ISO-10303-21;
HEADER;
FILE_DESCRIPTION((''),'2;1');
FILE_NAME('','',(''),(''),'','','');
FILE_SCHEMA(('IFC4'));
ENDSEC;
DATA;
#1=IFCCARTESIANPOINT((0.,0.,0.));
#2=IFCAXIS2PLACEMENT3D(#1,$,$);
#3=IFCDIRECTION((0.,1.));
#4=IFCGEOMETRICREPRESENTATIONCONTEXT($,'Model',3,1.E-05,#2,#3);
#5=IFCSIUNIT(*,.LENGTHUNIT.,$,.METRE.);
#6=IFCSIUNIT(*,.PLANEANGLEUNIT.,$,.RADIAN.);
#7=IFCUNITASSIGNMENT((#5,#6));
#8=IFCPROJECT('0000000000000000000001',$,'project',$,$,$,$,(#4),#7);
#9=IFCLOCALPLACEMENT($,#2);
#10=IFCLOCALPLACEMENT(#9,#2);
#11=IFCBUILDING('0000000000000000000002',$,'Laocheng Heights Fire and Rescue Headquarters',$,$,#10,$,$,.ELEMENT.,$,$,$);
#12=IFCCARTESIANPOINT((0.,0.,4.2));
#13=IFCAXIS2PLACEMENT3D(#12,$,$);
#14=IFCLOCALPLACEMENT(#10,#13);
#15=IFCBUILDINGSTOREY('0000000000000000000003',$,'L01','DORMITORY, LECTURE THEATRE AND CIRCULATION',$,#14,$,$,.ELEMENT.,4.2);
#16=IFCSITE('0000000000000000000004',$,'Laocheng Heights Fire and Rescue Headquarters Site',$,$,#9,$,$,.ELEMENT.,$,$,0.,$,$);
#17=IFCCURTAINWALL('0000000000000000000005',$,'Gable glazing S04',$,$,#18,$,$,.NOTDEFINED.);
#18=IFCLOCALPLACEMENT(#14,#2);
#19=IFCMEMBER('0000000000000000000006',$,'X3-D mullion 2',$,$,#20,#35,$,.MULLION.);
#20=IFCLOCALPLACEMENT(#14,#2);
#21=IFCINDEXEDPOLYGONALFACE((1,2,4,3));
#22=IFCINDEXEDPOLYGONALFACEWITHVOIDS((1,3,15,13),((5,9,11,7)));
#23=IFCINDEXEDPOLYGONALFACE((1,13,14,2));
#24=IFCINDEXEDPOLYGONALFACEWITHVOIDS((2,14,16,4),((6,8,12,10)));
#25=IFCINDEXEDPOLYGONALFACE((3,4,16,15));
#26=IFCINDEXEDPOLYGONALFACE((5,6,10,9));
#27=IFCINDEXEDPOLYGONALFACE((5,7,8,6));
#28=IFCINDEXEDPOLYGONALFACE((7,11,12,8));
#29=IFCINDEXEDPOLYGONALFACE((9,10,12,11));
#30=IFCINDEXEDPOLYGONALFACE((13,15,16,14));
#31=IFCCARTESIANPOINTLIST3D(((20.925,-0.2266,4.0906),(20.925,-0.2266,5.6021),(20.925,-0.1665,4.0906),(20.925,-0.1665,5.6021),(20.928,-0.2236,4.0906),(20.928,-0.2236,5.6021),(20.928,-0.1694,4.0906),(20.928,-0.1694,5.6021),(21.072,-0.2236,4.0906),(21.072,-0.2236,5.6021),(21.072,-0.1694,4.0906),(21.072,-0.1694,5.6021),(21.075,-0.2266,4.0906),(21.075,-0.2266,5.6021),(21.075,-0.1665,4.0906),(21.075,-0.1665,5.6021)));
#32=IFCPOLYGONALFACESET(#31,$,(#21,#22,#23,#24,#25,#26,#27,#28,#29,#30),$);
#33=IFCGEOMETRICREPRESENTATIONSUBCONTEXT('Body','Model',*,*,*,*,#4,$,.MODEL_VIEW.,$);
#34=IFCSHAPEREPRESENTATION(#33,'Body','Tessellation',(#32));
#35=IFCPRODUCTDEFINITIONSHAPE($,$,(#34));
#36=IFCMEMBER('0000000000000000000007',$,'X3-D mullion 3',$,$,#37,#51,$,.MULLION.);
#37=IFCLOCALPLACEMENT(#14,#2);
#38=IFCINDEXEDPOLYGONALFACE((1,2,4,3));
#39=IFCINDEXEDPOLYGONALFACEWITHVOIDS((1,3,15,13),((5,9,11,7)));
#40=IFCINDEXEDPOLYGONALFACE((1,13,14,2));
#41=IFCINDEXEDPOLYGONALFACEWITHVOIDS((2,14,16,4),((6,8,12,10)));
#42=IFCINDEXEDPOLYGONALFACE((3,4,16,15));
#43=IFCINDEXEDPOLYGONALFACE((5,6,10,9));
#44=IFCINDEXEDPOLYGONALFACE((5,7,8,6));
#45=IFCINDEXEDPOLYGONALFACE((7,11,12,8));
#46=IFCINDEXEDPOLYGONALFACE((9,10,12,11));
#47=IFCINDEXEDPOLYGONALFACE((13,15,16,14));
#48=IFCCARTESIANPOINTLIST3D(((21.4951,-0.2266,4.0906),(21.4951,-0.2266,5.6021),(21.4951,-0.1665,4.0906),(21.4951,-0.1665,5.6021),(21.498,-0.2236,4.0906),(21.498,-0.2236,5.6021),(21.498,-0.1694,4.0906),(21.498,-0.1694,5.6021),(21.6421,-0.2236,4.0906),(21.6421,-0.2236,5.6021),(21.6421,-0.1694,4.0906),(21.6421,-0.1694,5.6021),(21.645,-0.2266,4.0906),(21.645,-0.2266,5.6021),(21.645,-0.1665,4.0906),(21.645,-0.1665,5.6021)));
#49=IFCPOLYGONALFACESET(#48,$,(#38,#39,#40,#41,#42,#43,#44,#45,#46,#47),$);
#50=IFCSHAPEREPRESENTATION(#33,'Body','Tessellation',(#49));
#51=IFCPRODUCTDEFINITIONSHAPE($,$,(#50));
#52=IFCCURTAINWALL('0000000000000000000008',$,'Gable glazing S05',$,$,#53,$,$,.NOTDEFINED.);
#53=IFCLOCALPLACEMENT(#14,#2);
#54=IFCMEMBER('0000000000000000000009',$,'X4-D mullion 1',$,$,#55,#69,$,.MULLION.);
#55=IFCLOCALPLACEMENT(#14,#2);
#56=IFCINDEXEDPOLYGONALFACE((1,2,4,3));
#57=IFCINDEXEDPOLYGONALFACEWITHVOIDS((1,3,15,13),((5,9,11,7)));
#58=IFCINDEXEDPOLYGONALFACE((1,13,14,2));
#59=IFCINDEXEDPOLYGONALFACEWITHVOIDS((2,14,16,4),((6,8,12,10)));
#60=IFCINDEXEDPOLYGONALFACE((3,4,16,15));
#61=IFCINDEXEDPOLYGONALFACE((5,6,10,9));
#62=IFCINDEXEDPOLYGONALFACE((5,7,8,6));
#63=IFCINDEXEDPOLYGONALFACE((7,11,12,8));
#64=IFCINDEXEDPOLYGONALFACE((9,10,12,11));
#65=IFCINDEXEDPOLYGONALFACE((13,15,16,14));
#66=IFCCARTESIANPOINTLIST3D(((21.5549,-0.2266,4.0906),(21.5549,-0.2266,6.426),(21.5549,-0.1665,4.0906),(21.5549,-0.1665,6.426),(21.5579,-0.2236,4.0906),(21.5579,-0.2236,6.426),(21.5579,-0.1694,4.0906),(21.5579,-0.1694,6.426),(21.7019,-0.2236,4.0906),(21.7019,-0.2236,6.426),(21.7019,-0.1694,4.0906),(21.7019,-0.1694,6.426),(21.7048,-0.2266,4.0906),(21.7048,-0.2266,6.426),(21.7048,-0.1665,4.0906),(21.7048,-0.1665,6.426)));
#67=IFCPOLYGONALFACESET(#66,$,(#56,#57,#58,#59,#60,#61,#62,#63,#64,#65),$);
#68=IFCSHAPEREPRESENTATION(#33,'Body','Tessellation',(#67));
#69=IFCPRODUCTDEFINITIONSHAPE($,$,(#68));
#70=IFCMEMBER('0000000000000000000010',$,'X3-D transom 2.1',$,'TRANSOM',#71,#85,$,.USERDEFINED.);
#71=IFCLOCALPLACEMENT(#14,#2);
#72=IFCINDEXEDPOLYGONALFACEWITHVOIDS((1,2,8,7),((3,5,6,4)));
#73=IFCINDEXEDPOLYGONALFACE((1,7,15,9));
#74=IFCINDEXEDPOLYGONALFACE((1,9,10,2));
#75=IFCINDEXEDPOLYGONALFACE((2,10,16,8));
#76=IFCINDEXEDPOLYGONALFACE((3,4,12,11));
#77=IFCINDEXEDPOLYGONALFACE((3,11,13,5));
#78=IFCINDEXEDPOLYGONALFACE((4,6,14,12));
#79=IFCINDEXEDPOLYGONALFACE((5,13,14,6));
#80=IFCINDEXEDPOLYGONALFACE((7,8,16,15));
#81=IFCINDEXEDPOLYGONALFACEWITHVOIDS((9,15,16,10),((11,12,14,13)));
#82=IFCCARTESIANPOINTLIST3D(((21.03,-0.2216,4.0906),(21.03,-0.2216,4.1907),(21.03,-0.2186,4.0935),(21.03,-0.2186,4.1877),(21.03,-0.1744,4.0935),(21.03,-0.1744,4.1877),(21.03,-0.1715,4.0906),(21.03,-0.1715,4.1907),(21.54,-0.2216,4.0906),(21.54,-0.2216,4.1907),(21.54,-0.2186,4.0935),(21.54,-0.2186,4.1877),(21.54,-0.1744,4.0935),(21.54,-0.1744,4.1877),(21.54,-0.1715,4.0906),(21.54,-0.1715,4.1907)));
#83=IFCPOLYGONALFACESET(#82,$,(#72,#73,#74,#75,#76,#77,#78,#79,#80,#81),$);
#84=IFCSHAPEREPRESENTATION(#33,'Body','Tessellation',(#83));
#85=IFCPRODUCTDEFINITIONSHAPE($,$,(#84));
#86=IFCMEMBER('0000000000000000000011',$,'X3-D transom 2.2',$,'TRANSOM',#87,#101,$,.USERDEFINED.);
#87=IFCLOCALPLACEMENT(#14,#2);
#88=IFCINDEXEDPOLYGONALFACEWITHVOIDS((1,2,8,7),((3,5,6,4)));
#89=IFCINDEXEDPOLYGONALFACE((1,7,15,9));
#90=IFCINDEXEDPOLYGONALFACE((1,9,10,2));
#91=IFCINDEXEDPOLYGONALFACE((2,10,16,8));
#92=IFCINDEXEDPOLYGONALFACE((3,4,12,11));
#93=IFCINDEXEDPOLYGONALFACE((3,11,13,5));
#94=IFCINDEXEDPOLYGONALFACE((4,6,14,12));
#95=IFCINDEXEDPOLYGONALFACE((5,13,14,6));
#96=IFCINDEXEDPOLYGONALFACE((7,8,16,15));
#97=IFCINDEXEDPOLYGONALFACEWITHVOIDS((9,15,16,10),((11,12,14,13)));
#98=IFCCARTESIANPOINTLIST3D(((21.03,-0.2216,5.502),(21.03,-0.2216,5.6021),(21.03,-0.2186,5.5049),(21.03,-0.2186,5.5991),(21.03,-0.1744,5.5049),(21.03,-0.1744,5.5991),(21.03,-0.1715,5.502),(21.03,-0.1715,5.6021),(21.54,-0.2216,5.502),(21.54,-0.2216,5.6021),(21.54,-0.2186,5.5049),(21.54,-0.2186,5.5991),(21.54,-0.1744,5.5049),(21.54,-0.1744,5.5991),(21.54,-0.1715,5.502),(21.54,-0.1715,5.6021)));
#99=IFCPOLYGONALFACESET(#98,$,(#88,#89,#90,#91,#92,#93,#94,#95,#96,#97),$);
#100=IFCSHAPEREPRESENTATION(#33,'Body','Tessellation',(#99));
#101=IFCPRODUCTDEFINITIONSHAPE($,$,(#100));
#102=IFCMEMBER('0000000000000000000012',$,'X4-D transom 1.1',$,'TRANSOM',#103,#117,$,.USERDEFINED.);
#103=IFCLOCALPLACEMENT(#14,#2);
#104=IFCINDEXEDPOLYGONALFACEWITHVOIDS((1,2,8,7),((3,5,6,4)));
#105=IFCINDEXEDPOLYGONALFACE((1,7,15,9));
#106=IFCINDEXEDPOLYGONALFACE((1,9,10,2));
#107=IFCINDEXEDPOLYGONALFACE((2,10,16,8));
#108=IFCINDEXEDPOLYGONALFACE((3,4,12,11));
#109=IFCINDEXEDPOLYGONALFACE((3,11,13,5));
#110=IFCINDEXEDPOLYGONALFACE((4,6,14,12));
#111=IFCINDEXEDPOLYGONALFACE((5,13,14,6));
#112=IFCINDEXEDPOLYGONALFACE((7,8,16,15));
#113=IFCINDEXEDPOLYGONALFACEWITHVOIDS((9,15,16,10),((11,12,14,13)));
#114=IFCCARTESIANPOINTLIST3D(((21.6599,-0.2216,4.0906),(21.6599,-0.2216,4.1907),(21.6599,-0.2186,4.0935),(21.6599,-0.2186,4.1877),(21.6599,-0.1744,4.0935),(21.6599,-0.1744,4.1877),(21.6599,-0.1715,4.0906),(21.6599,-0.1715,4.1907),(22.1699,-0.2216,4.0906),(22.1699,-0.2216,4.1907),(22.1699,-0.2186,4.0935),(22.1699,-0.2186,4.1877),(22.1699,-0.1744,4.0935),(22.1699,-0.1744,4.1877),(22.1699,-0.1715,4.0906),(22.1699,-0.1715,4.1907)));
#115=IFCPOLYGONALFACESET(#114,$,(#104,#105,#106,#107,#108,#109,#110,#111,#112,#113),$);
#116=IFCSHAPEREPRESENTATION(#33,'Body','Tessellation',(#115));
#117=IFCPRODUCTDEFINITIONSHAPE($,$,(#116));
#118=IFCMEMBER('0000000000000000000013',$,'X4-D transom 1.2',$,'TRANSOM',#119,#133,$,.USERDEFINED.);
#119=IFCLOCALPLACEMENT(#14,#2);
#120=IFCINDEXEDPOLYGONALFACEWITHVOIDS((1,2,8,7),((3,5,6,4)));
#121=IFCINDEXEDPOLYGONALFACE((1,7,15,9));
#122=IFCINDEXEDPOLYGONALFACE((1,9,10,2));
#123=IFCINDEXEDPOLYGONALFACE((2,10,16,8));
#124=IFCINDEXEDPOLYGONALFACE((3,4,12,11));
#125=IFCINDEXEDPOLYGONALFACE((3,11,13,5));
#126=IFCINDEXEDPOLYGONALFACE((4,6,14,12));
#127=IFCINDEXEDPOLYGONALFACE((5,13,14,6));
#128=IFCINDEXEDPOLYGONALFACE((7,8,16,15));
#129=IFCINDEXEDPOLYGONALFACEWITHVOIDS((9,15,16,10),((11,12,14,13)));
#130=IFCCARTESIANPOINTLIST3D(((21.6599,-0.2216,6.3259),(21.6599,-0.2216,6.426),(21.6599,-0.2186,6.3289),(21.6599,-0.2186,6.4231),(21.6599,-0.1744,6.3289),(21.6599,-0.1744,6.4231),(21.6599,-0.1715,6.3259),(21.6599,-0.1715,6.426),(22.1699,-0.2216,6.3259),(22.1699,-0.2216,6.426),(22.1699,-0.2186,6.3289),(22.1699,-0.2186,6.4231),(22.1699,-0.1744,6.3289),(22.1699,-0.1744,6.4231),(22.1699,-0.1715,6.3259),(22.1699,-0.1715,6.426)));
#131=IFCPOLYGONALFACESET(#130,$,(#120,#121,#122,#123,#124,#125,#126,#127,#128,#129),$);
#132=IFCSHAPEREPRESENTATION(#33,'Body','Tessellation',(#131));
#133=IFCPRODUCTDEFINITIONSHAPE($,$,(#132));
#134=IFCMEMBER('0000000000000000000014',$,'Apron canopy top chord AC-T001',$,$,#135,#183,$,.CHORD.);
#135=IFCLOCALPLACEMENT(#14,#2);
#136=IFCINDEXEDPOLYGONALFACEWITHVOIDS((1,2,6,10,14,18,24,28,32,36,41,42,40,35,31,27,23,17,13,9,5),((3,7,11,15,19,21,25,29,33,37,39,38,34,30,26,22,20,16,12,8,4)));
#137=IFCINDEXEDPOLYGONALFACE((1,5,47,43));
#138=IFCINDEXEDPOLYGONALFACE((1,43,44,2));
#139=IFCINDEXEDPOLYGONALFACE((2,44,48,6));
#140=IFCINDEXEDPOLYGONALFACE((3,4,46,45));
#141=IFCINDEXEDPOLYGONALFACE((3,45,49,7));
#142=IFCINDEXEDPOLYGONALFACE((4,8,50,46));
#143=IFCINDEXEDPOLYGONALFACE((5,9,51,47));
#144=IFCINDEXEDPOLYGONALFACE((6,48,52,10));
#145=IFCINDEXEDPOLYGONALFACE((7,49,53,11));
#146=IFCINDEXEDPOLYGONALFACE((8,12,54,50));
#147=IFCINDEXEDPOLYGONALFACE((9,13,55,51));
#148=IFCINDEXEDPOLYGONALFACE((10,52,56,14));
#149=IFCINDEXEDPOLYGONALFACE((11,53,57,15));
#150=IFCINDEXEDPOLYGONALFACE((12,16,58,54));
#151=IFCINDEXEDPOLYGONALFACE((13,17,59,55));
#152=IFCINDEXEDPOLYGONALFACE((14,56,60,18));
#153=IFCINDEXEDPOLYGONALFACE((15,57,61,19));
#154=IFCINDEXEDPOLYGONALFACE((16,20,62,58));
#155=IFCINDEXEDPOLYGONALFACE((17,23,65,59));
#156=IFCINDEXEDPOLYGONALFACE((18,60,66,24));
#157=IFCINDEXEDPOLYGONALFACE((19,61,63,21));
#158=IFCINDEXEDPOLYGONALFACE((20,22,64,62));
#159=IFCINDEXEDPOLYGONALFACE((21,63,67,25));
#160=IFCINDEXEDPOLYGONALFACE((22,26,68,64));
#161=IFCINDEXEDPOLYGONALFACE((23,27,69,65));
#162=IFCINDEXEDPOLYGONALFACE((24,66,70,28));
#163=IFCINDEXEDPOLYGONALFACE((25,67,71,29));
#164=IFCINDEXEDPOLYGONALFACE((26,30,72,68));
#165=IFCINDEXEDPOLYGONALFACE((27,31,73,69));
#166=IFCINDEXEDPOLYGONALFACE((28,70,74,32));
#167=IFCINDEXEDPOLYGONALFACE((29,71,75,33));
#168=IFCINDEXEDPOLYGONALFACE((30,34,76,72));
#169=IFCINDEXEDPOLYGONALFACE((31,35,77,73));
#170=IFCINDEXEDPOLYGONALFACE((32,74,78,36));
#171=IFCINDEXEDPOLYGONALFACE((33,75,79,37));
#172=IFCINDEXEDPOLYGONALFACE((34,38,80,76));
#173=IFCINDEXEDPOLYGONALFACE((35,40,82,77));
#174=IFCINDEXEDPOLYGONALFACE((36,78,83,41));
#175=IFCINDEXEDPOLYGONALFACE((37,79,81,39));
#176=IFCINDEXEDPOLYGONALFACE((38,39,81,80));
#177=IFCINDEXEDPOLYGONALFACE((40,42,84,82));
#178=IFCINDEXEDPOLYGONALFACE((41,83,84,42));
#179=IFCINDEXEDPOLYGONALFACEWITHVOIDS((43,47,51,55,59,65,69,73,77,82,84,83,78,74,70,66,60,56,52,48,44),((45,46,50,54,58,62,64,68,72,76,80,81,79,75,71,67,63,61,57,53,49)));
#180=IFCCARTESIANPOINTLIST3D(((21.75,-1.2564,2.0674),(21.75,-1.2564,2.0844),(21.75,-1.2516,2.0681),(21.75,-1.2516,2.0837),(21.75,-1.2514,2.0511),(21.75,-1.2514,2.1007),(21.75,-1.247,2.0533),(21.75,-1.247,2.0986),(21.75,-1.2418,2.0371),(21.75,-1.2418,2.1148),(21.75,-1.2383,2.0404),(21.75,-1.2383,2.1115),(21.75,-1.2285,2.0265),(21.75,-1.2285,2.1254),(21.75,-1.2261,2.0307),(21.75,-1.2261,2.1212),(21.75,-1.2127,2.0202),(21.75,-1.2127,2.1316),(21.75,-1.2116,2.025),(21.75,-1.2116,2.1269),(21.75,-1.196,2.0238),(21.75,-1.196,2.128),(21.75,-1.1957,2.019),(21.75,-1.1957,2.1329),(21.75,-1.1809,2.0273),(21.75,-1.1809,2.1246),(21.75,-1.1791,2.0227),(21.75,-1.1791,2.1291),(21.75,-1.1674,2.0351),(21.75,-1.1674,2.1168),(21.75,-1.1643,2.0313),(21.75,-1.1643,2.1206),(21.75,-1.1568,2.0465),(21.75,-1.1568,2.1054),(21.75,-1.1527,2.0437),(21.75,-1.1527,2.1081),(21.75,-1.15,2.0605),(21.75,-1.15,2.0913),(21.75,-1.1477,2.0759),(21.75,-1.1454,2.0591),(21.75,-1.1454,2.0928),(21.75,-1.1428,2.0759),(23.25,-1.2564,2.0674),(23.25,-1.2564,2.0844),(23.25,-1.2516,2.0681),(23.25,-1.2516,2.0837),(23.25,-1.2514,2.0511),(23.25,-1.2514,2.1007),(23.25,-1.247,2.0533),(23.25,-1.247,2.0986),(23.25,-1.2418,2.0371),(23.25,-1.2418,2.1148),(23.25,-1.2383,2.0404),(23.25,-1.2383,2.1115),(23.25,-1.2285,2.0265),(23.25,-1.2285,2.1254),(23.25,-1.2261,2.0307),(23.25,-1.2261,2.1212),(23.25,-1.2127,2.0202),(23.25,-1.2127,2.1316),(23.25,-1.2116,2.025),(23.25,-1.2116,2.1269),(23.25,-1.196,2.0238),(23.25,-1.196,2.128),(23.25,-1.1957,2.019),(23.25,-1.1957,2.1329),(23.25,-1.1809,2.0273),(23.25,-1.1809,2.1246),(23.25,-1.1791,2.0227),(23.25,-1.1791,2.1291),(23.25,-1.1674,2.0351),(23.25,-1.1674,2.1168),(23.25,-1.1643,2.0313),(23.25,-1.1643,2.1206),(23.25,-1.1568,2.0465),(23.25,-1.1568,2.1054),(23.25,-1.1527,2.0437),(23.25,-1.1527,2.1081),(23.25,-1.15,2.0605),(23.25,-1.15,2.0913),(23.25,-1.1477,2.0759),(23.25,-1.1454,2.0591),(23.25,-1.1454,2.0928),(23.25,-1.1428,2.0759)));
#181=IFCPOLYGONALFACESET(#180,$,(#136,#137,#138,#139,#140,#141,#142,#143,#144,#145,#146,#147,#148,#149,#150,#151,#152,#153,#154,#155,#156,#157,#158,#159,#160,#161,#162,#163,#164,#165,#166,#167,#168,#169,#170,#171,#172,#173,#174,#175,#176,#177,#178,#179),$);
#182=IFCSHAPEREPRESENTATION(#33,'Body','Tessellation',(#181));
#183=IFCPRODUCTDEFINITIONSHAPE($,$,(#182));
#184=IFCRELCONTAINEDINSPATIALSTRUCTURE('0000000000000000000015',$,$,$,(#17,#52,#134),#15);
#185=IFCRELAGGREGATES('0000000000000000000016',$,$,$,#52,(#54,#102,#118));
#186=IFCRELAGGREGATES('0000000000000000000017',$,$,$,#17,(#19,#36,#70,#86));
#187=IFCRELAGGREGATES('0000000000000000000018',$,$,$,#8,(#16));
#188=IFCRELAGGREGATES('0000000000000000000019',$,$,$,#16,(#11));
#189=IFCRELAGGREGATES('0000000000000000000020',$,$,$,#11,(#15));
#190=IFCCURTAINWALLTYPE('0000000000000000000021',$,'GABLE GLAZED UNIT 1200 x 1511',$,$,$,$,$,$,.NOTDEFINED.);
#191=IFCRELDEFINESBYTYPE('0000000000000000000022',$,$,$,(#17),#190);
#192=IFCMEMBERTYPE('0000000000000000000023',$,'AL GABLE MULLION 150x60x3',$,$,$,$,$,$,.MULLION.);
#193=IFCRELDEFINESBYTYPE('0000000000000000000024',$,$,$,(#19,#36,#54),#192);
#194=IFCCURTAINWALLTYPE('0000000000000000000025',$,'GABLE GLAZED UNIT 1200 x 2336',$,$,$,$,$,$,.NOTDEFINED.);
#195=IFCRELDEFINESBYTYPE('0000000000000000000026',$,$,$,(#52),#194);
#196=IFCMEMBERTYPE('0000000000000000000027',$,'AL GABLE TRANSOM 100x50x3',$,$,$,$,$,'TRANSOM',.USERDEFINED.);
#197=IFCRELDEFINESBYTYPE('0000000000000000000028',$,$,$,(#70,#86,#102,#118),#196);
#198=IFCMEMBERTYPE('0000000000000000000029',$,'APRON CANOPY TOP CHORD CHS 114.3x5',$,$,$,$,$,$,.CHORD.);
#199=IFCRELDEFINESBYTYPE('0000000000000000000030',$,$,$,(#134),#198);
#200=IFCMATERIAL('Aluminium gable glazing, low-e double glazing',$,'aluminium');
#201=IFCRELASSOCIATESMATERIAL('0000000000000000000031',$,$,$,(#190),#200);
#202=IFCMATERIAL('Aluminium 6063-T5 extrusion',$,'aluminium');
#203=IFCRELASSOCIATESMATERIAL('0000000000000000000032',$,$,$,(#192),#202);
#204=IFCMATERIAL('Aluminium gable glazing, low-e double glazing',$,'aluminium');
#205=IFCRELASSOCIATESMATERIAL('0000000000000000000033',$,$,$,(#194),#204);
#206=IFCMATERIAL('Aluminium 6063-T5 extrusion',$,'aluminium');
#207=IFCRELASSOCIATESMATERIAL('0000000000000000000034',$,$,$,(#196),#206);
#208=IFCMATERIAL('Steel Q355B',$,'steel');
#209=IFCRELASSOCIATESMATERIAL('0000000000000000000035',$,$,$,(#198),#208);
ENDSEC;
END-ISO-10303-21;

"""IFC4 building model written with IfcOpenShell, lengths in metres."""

from ifc_helpers import new_model, si_unit, direction, frame, origin, origin_2d, place, context, subcontext, project, spatial, hollow_rectangle, hollow_circle, extrude, material, material_profile, profile_set, type_object, element, aggregate, save


model = new_model("IFC4")

# Units and contexts
model_context = context("Model", 3, precision=1e-05, world=origin(), true_north=direction((0.0, 1.0)))
body_context = subcontext(model_context, "Body", "Model", "MODEL_VIEW")
ifc_project = project(units=[si_unit("LENGTHUNIT", "METRE"), si_unit("PLANEANGLEUNIT", "RADIAN")], contexts=[model_context])

# Site, building, storey
site_placement = place(None, origin())
site = spatial("IfcSite", under=ifc_project, at=site_placement, Name="Laocheng Heights Fire and Rescue Headquarters Site", CompositionType="ELEMENT", RefElevation=0.0)
building_placement = place(site_placement, origin())
building = spatial("IfcBuilding", under=site, at=building_placement, Name="Laocheng Heights Fire and Rescue Headquarters", CompositionType="ELEMENT")
storey_placement = place(building_placement, frame((0.0, 0.0, 4.2)))
storey = spatial("IfcBuildingStorey", under=building, at=storey_placement, Name="L01", Description="DORMITORY, LECTURE THEATRE AND CIRCULATION", CompositionType="ELEMENT", Elevation=4.2)

# Curtain wall, members
ifc_material_1 = material(Name="Aluminium gable glazing, low-e double glazing", Category="aluminium")
curtain_wall_type_1 = type_object("IfcCurtainWallType", Name="GABLE GLAZED UNIT 1200 x 1511", PredefinedType="NOTDEFINED", material=ifc_material_1)
curtain_wall_1_placement = place(storey_placement, origin())
curtain_wall_1 = element("IfcCurtainWall", 1, at=curtain_wall_1_placement, inside=storey, type_object=curtain_wall_type_1, Name="Gable glazing S04", PredefinedType="NOTDEFINED")
ifc_material_2 = material(Name="Aluminium 6063-T5 extrusion", Category="aluminium")
ifc_material_profile_1 = material_profile(ifc_material_2, hollow_rectangle(XDim=0.0601, YDim=0.1499, WallThickness=0.0029, at=origin_2d()), Name="AL MULLION 150x60x3")
ifc_profile_set_1 = profile_set([ifc_material_profile_1], Name="Aluminium 6063-T5 extrusion")
member_type_1 = type_object("IfcMemberType", Name="AL GABLE MULLION 150x60x3", PredefinedType="MULLION", material=ifc_profile_set_1)
member_1_placement = place(storey_placement, frame((21.0, -0.1965, 4.0906), z_axis=(0.0, 0.0, 1.0), x_axis=(0.0, 1.0, 0.0)))
member_1 = element("IfcMember", 2, at=member_1_placement, type_object=member_type_1, Name="X3-D mullion 2", PredefinedType="MULLION", context=body_context, shape_type="SweptSolid", body=[
    extrude(hollow_rectangle(XDim=0.0601, YDim=0.1499, WallThickness=0.0029, at=origin_2d()), origin(), (0.0, 0.0, 1.0), 1.5115),
])
member_2_placement = place(storey_placement, frame((21.5701, -0.1965, 4.0906), z_axis=(0.0, 0.0, 1.0), x_axis=(0.0, 1.0, 0.0)))
member_2 = element("IfcMember", 3, at=member_2_placement, type_object=member_type_1, Name="X3-D mullion 3", PredefinedType="MULLION", context=body_context, shape_type="SweptSolid", body=[
    extrude(hollow_rectangle(XDim=0.0601, YDim=0.1499, WallThickness=0.0029, at=origin_2d()), origin(), (0.0, 0.0, 1.0), 1.5115),
])

# Curtain wall, member
ifc_material_3 = material(Name="Aluminium gable glazing, low-e double glazing", Category="aluminium")
curtain_wall_type_2 = type_object("IfcCurtainWallType", Name="GABLE GLAZED UNIT 1200 x 2336", PredefinedType="NOTDEFINED", material=ifc_material_3)
curtain_wall_2_placement = place(storey_placement, origin())
curtain_wall_2 = element("IfcCurtainWall", 4, at=curtain_wall_2_placement, inside=storey, type_object=curtain_wall_type_2, Name="Gable glazing S05", PredefinedType="NOTDEFINED")
member_3_placement = place(storey_placement, frame((21.6299, -0.1965, 4.0906), z_axis=(0.0, 0.0, 1.0), x_axis=(0.0, 1.0, 0.0)))
member_3 = element("IfcMember", 5, at=member_3_placement, type_object=member_type_1, Name="X4-D mullion 1", PredefinedType="MULLION", context=body_context, shape_type="SweptSolid", body=[
    extrude(hollow_rectangle(XDim=0.0601, YDim=0.1499, WallThickness=0.0029, at=origin_2d()), origin(), (0.0, 0.0, 1.0), 2.3354),
])

# Members
ifc_material_4 = material(Name="Aluminium 6063-T5 extrusion", Category="aluminium")
ifc_material_profile_2 = material_profile(ifc_material_4, hollow_rectangle(XDim=0.05, YDim=0.1001, WallThickness=0.0029, at=origin_2d()), Name="AL TRANSOM 100x50x3")
ifc_profile_set_2 = profile_set([ifc_material_profile_2], Name="Aluminium 6063-T5 extrusion")
member_type_2 = type_object("IfcMemberType", Name="AL GABLE TRANSOM 100x50x3", ElementType="TRANSOM", PredefinedType="USERDEFINED", material=ifc_profile_set_2)
member_4_placement = place(storey_placement, frame((21.03, -0.1965, 4.1406), z_axis=(1.0, 0.0, 0.0), x_axis=(0.0, 1.0, 0.0)))
member_4 = element("IfcMember", 6, at=member_4_placement, type_object=member_type_2, Name="X3-D transom 2.1", ObjectType="TRANSOM", PredefinedType="USERDEFINED", context=body_context, shape_type="SweptSolid", body=[
    extrude(hollow_rectangle(XDim=0.05, YDim=0.1001, WallThickness=0.0029, at=origin_2d()), origin(), (0.0, 0.0, 1.0), 0.51),
])
member_5_placement = place(storey_placement, frame((21.03, -0.1965, 5.552), z_axis=(1.0, 0.0, 0.0), x_axis=(0.0, 1.0, 0.0)))
member_5 = element("IfcMember", 7, at=member_5_placement, type_object=member_type_2, Name="X3-D transom 2.2", ObjectType="TRANSOM", PredefinedType="USERDEFINED", context=body_context, shape_type="SweptSolid", body=[
    extrude(hollow_rectangle(XDim=0.05, YDim=0.1001, WallThickness=0.0029, at=origin_2d()), origin(), (0.0, 0.0, 1.0), 0.51),
])
member_6_placement = place(storey_placement, frame((21.6599, -0.1965, 4.1406), z_axis=(1.0, 0.0, 0.0), x_axis=(0.0, 1.0, 0.0)))
member_6 = element("IfcMember", 8, at=member_6_placement, type_object=member_type_2, Name="X4-D transom 1.1", ObjectType="TRANSOM", PredefinedType="USERDEFINED", context=body_context, shape_type="SweptSolid", body=[
    extrude(hollow_rectangle(XDim=0.05, YDim=0.1001, WallThickness=0.0029, at=origin_2d()), origin(), (0.0, 0.0, 1.0), 0.51),
])
member_7_placement = place(storey_placement, frame((21.6599, -0.1965, 6.376), z_axis=(1.0, 0.0, 0.0), x_axis=(0.0, 1.0, 0.0)))
member_7 = element("IfcMember", 9, at=member_7_placement, type_object=member_type_2, Name="X4-D transom 1.2", ObjectType="TRANSOM", PredefinedType="USERDEFINED", context=body_context, shape_type="SweptSolid", body=[
    extrude(hollow_rectangle(XDim=0.05, YDim=0.1001, WallThickness=0.0029, at=origin_2d()), origin(), (0.0, 0.0, 1.0), 0.51),
])
aggregate(curtain_wall_2, [member_3, member_6, member_7])

# Member
ifc_material_5 = material(Name="Steel Q355B", Category="steel")
ifc_material_profile_3 = material_profile(ifc_material_5, hollow_circle(Radius=0.0571, WallThickness=0.0049, at=origin_2d()), Name="CHS 114.3x5")
ifc_profile_set_3 = profile_set([ifc_material_profile_3], Name="Steel Q355B")
member_type_3 = type_object("IfcMemberType", Name="APRON CANOPY TOP CHORD CHS 114.3x5", PredefinedType="CHORD", material=ifc_profile_set_3)
for number, where, z_axis, x_axis, name in (
    (10, (21.75, -1.2, 2.0759), (1.0, 0.0, 0.0), (0.0, 1.0, 0.0), "Apron canopy top chord AC-T001"),
):
    element("IfcMember", number, at=place(storey_placement, frame(where, z_axis=z_axis, x_axis=x_axis)), inside=storey, type_object=member_type_3, Name=name, PredefinedType="CHORD", context=body_context, shape_type="SweptSolid", body=[
        extrude(hollow_circle(Radius=0.0571, WallThickness=0.0049, at=origin_2d()), origin(), (0.0, 0.0, 1.0), 1.5),
    ])

aggregate(curtain_wall_1, [member_1, member_2, member_4, member_5])

save(model, "model.ifc")
